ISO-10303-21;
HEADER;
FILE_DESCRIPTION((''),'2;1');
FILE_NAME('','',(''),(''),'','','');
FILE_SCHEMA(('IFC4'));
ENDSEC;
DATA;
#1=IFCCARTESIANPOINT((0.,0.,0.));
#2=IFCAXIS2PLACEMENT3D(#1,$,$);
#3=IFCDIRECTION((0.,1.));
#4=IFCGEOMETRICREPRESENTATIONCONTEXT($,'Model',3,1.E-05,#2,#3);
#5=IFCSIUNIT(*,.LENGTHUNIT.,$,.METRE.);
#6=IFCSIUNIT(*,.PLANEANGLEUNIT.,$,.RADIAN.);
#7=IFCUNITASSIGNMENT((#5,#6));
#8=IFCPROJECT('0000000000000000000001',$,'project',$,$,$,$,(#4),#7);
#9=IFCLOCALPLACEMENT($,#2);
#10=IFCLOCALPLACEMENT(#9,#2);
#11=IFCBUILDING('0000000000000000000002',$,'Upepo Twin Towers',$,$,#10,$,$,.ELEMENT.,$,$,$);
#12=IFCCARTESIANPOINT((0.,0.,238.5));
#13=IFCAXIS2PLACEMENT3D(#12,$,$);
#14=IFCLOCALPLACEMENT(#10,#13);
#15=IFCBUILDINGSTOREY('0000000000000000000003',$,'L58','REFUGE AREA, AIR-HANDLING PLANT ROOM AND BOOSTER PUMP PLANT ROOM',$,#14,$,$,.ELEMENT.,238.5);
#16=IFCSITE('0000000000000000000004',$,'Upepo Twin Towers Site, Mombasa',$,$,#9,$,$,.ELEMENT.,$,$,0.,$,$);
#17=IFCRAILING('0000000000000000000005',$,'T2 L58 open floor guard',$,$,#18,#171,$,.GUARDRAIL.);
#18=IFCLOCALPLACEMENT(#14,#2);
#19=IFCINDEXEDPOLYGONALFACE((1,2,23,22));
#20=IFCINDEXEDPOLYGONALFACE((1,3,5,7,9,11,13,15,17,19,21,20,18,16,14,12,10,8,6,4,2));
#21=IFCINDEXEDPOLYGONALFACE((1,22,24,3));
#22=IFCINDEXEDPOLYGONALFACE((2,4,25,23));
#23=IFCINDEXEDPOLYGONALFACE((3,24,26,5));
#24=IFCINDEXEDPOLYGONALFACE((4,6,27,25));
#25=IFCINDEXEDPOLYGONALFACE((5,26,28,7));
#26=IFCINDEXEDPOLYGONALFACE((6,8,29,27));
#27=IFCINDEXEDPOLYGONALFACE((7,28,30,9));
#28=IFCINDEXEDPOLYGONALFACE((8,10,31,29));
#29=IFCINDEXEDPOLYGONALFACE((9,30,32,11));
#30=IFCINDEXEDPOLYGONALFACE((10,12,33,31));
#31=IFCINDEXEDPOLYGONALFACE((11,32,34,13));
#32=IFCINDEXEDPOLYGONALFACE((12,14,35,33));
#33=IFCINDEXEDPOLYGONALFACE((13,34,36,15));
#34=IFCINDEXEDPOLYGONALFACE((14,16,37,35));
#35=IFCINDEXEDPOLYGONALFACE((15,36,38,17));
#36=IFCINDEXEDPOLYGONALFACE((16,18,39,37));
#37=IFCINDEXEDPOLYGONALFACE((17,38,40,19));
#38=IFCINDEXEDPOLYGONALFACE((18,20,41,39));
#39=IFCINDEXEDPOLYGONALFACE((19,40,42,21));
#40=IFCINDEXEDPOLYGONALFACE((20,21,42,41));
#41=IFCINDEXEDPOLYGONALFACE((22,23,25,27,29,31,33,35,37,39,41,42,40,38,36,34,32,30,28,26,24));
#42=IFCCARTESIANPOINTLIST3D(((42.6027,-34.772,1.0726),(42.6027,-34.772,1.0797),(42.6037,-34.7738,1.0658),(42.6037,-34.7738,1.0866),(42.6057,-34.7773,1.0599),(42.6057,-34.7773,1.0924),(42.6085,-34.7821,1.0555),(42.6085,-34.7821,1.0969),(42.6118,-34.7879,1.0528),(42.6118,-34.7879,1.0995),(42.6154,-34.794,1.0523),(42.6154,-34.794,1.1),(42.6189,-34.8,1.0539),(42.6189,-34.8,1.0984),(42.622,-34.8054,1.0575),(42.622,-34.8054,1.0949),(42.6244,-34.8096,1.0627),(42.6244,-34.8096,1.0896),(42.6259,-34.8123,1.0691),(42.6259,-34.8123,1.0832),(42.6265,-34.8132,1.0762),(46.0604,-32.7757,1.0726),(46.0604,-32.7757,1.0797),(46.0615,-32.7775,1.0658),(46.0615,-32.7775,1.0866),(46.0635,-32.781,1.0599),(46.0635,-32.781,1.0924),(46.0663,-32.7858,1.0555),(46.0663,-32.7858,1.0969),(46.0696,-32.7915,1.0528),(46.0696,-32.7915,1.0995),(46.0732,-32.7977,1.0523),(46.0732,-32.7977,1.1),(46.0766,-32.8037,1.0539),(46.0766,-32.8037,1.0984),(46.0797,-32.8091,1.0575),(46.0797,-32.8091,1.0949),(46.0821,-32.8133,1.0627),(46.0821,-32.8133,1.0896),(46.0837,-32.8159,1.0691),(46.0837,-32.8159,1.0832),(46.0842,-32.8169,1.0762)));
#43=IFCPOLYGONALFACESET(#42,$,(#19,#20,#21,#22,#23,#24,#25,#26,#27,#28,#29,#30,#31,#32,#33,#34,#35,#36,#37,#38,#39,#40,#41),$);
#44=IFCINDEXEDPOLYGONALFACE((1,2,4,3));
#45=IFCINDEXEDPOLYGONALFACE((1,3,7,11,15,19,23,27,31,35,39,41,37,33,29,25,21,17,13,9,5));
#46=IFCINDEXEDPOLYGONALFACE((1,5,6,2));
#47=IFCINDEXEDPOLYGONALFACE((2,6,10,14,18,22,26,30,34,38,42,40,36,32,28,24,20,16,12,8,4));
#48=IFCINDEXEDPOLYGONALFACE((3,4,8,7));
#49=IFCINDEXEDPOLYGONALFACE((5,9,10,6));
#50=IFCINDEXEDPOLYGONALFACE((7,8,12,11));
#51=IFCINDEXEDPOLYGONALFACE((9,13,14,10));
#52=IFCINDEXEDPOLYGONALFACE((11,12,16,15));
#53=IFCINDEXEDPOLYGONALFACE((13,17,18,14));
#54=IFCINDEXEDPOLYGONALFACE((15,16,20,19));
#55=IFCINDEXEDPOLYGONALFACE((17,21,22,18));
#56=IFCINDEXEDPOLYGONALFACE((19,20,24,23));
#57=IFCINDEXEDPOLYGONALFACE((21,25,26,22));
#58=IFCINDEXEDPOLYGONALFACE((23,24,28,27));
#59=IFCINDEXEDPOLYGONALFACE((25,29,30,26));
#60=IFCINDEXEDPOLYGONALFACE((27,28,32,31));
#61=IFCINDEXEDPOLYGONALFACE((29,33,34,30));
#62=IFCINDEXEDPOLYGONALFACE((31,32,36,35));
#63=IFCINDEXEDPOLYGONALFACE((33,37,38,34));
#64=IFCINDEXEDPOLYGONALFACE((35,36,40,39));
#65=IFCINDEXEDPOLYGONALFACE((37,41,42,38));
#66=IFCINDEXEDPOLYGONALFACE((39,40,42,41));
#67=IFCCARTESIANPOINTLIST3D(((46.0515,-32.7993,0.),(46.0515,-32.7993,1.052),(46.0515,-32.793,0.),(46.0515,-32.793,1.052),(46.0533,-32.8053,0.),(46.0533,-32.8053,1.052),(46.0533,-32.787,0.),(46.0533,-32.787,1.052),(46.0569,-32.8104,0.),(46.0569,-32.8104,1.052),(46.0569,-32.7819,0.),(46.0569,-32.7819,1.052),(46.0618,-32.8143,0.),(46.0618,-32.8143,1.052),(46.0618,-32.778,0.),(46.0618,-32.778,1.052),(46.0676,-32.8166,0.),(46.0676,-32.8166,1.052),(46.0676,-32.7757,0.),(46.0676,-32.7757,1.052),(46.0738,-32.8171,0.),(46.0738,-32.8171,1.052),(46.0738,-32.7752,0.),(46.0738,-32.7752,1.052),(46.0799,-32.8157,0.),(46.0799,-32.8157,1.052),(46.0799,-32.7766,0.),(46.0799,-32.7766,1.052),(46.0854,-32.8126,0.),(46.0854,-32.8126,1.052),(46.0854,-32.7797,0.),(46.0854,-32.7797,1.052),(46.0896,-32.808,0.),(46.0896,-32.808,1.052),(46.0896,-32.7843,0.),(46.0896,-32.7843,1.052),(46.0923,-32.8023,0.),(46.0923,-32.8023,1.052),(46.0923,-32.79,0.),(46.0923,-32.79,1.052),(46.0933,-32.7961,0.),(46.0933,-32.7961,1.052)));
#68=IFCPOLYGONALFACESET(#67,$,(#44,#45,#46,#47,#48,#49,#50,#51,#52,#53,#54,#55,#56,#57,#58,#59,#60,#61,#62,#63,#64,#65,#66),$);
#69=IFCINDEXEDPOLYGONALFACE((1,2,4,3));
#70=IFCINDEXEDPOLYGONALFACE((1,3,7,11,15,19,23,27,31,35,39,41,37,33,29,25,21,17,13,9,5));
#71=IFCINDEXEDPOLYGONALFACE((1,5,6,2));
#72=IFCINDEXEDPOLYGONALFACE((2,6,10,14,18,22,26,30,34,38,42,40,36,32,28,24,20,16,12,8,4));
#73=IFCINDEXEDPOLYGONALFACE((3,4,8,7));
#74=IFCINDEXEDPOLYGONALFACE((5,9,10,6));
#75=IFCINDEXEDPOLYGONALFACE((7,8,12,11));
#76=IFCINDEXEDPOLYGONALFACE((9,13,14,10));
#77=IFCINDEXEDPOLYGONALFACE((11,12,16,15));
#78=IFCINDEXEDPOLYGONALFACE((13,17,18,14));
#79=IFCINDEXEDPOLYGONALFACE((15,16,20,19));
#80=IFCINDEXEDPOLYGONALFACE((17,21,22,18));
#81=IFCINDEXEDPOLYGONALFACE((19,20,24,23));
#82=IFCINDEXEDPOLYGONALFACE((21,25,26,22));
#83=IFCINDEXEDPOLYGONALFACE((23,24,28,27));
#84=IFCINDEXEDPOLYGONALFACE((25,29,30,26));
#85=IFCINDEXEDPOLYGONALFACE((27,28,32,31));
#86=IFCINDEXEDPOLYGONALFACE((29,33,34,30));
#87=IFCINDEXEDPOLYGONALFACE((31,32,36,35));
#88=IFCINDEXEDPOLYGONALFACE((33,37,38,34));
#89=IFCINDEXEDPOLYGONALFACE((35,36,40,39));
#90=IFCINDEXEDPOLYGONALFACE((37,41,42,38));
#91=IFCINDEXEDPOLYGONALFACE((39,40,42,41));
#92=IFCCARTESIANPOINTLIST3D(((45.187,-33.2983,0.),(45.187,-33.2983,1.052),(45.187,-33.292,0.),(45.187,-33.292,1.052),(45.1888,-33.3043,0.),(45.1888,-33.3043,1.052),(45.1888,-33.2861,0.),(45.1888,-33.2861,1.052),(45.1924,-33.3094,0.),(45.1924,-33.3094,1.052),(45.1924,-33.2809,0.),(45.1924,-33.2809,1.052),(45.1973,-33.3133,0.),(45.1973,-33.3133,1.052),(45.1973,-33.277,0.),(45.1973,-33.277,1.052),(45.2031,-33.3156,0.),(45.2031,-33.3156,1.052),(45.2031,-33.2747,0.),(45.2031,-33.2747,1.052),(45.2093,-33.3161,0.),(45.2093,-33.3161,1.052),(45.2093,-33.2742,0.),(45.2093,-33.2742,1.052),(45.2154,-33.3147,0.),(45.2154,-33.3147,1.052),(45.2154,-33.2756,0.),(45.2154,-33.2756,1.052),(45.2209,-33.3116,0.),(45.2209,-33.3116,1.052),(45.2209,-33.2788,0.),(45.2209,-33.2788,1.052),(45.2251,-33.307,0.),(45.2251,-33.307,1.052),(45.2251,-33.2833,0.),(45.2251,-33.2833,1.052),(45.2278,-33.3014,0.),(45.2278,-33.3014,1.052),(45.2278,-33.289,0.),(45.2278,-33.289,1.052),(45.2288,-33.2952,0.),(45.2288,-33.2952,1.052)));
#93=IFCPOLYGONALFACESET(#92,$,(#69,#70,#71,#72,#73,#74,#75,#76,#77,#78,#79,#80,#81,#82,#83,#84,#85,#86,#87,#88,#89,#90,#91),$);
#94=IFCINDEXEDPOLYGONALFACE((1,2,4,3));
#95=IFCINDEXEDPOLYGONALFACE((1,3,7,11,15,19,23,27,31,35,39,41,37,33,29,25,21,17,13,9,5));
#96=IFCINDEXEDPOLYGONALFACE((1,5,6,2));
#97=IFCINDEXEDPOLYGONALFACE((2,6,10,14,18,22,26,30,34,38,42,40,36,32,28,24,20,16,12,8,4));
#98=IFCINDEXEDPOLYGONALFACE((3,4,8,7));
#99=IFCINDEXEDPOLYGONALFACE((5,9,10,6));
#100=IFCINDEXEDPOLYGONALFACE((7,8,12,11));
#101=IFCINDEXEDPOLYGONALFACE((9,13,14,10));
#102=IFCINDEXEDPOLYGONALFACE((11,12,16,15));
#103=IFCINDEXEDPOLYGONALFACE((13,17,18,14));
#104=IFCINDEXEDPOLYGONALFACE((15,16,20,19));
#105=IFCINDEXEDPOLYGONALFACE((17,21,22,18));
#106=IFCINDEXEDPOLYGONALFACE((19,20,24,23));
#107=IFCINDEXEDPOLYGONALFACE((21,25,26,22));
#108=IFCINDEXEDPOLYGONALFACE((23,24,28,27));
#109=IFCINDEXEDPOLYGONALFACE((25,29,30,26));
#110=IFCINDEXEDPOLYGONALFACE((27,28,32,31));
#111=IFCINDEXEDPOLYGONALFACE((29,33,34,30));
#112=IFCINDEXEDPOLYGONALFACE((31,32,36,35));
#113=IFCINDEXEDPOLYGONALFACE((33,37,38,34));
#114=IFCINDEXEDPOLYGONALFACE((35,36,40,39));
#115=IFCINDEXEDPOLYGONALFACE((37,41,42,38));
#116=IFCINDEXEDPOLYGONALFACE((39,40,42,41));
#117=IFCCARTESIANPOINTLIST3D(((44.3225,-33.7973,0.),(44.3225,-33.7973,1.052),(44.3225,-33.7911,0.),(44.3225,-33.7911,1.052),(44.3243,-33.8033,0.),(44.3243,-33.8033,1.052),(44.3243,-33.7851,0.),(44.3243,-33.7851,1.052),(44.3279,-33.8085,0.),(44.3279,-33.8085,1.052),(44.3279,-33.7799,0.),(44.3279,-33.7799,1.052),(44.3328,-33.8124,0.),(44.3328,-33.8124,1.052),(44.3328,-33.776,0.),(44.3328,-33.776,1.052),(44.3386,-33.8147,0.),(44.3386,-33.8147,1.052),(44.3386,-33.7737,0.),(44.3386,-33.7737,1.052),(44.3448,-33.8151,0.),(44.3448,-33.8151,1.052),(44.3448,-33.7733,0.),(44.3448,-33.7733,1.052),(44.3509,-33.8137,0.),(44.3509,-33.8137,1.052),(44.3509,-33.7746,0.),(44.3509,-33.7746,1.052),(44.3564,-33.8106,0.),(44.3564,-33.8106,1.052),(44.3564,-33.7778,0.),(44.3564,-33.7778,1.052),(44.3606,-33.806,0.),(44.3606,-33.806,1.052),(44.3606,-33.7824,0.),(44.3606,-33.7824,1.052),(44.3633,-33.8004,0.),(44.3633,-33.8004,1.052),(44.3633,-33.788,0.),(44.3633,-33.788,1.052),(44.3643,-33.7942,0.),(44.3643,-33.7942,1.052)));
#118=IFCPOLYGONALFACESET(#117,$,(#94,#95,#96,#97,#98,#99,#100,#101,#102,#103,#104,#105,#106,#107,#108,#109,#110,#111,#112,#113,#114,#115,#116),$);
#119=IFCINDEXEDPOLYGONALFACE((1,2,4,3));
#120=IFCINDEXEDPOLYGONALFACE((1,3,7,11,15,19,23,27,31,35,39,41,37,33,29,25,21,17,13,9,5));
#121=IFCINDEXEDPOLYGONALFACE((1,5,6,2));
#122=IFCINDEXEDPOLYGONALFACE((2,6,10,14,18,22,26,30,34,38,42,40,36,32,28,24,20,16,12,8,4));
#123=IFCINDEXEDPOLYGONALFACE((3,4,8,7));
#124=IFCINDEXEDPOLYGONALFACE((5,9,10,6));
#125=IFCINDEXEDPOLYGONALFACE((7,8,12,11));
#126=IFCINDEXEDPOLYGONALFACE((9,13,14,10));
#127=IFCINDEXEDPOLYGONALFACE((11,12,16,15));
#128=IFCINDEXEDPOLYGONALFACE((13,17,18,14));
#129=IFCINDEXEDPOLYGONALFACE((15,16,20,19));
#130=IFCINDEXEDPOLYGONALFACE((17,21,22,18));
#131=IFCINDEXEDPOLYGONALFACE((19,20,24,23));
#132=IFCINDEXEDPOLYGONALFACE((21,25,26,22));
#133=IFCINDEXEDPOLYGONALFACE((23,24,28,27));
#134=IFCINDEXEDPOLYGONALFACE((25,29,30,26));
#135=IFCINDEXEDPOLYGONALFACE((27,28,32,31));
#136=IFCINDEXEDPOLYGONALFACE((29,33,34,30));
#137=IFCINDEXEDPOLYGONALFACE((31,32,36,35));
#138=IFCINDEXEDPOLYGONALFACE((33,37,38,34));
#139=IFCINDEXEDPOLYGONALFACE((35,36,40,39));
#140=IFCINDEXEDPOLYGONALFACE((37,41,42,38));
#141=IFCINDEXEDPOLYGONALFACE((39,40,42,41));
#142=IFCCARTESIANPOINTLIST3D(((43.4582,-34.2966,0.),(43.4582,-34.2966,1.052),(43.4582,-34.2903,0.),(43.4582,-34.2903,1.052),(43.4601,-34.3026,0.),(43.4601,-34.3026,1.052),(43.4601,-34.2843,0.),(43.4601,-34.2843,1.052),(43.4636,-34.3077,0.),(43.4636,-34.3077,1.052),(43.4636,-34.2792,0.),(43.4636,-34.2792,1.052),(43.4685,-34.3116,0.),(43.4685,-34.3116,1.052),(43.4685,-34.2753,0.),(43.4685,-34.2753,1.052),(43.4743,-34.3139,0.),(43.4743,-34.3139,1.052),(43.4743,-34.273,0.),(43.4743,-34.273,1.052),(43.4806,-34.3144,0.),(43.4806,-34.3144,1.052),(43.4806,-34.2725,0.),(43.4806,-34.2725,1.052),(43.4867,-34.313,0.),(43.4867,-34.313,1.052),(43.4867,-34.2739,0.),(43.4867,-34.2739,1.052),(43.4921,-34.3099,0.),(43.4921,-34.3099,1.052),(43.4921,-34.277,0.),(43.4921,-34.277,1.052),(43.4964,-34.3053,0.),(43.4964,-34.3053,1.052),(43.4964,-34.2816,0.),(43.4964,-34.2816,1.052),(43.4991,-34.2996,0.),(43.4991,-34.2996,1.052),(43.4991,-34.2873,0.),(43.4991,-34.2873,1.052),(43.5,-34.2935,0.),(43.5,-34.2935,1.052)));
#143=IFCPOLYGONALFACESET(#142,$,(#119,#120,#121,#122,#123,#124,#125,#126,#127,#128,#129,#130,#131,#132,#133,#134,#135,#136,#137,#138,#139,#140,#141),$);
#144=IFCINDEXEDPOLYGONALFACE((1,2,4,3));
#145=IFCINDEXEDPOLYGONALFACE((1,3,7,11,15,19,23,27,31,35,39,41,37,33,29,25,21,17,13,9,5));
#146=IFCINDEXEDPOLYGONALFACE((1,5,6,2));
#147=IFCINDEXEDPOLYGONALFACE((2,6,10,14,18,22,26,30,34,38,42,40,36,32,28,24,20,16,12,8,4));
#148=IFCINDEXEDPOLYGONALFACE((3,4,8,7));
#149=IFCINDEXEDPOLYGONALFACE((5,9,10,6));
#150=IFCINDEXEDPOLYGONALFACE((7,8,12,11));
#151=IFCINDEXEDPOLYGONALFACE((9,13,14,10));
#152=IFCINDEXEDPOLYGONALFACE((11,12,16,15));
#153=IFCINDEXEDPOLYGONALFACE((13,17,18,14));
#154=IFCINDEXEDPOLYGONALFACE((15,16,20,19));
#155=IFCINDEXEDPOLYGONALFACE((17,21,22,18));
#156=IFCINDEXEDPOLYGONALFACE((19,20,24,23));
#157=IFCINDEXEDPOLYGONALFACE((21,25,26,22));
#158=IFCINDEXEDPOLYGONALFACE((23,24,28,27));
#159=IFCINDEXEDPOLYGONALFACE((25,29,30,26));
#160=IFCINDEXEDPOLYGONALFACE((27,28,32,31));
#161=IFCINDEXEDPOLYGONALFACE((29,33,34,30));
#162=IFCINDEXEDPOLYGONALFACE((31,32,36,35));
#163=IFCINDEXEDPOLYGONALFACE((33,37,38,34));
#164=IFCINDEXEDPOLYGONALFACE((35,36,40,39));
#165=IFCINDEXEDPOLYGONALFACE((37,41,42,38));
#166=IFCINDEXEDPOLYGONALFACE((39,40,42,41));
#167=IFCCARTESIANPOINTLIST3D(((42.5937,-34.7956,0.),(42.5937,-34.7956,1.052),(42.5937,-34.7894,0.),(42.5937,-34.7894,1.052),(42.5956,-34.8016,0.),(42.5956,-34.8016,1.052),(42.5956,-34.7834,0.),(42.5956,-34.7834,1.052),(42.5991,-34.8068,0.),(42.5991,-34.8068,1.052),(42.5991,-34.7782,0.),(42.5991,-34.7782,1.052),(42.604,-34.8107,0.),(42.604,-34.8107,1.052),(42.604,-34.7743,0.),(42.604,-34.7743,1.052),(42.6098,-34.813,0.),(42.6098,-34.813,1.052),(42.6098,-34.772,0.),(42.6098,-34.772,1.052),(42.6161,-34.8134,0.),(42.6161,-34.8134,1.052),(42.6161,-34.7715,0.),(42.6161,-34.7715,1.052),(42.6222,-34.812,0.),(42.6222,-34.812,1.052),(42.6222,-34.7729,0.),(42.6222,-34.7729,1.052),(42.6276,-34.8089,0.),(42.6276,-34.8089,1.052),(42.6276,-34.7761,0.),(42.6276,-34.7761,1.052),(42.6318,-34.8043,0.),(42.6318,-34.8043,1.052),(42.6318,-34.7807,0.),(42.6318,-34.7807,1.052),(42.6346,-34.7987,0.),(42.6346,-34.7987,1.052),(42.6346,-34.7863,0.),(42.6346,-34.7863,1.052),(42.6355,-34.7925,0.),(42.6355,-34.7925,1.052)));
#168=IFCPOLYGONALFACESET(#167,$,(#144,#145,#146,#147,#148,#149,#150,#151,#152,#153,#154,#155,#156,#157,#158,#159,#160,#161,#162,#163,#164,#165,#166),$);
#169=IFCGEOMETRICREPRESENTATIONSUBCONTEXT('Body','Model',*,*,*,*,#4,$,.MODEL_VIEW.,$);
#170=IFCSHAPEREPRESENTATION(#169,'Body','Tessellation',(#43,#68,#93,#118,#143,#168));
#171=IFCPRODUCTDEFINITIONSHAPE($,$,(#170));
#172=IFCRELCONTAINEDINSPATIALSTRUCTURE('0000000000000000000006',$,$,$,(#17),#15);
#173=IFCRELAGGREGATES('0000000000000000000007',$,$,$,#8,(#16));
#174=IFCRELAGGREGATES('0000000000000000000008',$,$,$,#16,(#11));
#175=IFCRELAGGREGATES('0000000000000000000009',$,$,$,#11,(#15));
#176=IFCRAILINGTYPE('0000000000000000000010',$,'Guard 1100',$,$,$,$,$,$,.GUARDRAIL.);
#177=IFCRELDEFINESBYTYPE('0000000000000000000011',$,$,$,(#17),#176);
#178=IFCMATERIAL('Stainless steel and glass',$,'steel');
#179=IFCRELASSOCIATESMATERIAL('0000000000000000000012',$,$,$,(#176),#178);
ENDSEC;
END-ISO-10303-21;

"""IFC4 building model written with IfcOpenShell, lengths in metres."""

from ifc_helpers import new_model, si_unit, direction, frame, origin, origin_2d, place, context, subcontext, project, spatial, circle, extrude, material, type_object, element, save


model = new_model("IFC4")

# Units and contexts
model_context = context("Model", 3, precision=1e-05, world=origin(), true_north=direction((0.0, 1.0)))
body_context = subcontext(model_context, "Body", "Model", "MODEL_VIEW")
ifc_project = project(units=[si_unit("LENGTHUNIT", "METRE"), si_unit("PLANEANGLEUNIT", "RADIAN")], contexts=[model_context])

# Site, building, storey
site_placement = place(None, origin())
site = spatial("IfcSite", under=ifc_project, at=site_placement, Name="Upepo Twin Towers Site, Mombasa", CompositionType="ELEMENT", RefElevation=0.0)
building_placement = place(site_placement, origin())
building = spatial("IfcBuilding", under=site, at=building_placement, Name="Upepo Twin Towers", CompositionType="ELEMENT")
storey_placement = place(building_placement, frame((0.0, 0.0, 238.5)))
storey = spatial("IfcBuildingStorey", under=building, at=storey_placement, Name="L58", Description="REFUGE AREA, AIR-HANDLING PLANT ROOM AND BOOSTER PUMP PLANT ROOM", CompositionType="ELEMENT", Elevation=238.5)

# Railing
ifc_material_1 = material(Name="Stainless steel and glass", Category="steel")
railing_type = type_object("IfcRailingType", Name="Guard 1100", PredefinedType="GUARDRAIL", material=ifc_material_1)
railing_1_placement = place(storey_placement, frame((46.0723, -32.7961, 0.0)))
element("IfcRailing", 1, at=railing_1_placement, inside=storey, type_object=railing_type, Name="T2 L58 open floor guard", PredefinedType="GUARDRAIL", context=body_context, shape_type="SweptSolid", body=[
    extrude(circle(Radius=0.0239, at=origin_2d()), frame((0.0, 0.0, 1.0762), z_axis=(-0.866026, -0.499999, 0.0), x_axis=(0.499999, -0.866026, 0.0)), (0.0, 0.0, 1.0), 3.9927),
    extrude(circle(Radius=0.021, at=origin_2d()), origin(), (0.0, 0.0, 1.0), 1.052),
    extrude(circle(Radius=0.021, at=origin_2d()), frame((-0.8645, -0.499, 0.0)), (0.0, 0.0, 1.0), 1.052),
    extrude(circle(Radius=0.021, at=origin_2d()), frame((-1.729, -0.998, 0.0)), (0.0, 0.0, 1.0), 1.052),
    extrude(circle(Radius=0.021, at=origin_2d()), frame((-2.5933, -1.4973, 0.0)), (0.0, 0.0, 1.0), 1.052),
    extrude(circle(Radius=0.021, at=origin_2d()), frame((-3.4578, -1.9963, 0.0)), (0.0, 0.0, 1.0), 1.052),
])

save(model, "model.ifc")
